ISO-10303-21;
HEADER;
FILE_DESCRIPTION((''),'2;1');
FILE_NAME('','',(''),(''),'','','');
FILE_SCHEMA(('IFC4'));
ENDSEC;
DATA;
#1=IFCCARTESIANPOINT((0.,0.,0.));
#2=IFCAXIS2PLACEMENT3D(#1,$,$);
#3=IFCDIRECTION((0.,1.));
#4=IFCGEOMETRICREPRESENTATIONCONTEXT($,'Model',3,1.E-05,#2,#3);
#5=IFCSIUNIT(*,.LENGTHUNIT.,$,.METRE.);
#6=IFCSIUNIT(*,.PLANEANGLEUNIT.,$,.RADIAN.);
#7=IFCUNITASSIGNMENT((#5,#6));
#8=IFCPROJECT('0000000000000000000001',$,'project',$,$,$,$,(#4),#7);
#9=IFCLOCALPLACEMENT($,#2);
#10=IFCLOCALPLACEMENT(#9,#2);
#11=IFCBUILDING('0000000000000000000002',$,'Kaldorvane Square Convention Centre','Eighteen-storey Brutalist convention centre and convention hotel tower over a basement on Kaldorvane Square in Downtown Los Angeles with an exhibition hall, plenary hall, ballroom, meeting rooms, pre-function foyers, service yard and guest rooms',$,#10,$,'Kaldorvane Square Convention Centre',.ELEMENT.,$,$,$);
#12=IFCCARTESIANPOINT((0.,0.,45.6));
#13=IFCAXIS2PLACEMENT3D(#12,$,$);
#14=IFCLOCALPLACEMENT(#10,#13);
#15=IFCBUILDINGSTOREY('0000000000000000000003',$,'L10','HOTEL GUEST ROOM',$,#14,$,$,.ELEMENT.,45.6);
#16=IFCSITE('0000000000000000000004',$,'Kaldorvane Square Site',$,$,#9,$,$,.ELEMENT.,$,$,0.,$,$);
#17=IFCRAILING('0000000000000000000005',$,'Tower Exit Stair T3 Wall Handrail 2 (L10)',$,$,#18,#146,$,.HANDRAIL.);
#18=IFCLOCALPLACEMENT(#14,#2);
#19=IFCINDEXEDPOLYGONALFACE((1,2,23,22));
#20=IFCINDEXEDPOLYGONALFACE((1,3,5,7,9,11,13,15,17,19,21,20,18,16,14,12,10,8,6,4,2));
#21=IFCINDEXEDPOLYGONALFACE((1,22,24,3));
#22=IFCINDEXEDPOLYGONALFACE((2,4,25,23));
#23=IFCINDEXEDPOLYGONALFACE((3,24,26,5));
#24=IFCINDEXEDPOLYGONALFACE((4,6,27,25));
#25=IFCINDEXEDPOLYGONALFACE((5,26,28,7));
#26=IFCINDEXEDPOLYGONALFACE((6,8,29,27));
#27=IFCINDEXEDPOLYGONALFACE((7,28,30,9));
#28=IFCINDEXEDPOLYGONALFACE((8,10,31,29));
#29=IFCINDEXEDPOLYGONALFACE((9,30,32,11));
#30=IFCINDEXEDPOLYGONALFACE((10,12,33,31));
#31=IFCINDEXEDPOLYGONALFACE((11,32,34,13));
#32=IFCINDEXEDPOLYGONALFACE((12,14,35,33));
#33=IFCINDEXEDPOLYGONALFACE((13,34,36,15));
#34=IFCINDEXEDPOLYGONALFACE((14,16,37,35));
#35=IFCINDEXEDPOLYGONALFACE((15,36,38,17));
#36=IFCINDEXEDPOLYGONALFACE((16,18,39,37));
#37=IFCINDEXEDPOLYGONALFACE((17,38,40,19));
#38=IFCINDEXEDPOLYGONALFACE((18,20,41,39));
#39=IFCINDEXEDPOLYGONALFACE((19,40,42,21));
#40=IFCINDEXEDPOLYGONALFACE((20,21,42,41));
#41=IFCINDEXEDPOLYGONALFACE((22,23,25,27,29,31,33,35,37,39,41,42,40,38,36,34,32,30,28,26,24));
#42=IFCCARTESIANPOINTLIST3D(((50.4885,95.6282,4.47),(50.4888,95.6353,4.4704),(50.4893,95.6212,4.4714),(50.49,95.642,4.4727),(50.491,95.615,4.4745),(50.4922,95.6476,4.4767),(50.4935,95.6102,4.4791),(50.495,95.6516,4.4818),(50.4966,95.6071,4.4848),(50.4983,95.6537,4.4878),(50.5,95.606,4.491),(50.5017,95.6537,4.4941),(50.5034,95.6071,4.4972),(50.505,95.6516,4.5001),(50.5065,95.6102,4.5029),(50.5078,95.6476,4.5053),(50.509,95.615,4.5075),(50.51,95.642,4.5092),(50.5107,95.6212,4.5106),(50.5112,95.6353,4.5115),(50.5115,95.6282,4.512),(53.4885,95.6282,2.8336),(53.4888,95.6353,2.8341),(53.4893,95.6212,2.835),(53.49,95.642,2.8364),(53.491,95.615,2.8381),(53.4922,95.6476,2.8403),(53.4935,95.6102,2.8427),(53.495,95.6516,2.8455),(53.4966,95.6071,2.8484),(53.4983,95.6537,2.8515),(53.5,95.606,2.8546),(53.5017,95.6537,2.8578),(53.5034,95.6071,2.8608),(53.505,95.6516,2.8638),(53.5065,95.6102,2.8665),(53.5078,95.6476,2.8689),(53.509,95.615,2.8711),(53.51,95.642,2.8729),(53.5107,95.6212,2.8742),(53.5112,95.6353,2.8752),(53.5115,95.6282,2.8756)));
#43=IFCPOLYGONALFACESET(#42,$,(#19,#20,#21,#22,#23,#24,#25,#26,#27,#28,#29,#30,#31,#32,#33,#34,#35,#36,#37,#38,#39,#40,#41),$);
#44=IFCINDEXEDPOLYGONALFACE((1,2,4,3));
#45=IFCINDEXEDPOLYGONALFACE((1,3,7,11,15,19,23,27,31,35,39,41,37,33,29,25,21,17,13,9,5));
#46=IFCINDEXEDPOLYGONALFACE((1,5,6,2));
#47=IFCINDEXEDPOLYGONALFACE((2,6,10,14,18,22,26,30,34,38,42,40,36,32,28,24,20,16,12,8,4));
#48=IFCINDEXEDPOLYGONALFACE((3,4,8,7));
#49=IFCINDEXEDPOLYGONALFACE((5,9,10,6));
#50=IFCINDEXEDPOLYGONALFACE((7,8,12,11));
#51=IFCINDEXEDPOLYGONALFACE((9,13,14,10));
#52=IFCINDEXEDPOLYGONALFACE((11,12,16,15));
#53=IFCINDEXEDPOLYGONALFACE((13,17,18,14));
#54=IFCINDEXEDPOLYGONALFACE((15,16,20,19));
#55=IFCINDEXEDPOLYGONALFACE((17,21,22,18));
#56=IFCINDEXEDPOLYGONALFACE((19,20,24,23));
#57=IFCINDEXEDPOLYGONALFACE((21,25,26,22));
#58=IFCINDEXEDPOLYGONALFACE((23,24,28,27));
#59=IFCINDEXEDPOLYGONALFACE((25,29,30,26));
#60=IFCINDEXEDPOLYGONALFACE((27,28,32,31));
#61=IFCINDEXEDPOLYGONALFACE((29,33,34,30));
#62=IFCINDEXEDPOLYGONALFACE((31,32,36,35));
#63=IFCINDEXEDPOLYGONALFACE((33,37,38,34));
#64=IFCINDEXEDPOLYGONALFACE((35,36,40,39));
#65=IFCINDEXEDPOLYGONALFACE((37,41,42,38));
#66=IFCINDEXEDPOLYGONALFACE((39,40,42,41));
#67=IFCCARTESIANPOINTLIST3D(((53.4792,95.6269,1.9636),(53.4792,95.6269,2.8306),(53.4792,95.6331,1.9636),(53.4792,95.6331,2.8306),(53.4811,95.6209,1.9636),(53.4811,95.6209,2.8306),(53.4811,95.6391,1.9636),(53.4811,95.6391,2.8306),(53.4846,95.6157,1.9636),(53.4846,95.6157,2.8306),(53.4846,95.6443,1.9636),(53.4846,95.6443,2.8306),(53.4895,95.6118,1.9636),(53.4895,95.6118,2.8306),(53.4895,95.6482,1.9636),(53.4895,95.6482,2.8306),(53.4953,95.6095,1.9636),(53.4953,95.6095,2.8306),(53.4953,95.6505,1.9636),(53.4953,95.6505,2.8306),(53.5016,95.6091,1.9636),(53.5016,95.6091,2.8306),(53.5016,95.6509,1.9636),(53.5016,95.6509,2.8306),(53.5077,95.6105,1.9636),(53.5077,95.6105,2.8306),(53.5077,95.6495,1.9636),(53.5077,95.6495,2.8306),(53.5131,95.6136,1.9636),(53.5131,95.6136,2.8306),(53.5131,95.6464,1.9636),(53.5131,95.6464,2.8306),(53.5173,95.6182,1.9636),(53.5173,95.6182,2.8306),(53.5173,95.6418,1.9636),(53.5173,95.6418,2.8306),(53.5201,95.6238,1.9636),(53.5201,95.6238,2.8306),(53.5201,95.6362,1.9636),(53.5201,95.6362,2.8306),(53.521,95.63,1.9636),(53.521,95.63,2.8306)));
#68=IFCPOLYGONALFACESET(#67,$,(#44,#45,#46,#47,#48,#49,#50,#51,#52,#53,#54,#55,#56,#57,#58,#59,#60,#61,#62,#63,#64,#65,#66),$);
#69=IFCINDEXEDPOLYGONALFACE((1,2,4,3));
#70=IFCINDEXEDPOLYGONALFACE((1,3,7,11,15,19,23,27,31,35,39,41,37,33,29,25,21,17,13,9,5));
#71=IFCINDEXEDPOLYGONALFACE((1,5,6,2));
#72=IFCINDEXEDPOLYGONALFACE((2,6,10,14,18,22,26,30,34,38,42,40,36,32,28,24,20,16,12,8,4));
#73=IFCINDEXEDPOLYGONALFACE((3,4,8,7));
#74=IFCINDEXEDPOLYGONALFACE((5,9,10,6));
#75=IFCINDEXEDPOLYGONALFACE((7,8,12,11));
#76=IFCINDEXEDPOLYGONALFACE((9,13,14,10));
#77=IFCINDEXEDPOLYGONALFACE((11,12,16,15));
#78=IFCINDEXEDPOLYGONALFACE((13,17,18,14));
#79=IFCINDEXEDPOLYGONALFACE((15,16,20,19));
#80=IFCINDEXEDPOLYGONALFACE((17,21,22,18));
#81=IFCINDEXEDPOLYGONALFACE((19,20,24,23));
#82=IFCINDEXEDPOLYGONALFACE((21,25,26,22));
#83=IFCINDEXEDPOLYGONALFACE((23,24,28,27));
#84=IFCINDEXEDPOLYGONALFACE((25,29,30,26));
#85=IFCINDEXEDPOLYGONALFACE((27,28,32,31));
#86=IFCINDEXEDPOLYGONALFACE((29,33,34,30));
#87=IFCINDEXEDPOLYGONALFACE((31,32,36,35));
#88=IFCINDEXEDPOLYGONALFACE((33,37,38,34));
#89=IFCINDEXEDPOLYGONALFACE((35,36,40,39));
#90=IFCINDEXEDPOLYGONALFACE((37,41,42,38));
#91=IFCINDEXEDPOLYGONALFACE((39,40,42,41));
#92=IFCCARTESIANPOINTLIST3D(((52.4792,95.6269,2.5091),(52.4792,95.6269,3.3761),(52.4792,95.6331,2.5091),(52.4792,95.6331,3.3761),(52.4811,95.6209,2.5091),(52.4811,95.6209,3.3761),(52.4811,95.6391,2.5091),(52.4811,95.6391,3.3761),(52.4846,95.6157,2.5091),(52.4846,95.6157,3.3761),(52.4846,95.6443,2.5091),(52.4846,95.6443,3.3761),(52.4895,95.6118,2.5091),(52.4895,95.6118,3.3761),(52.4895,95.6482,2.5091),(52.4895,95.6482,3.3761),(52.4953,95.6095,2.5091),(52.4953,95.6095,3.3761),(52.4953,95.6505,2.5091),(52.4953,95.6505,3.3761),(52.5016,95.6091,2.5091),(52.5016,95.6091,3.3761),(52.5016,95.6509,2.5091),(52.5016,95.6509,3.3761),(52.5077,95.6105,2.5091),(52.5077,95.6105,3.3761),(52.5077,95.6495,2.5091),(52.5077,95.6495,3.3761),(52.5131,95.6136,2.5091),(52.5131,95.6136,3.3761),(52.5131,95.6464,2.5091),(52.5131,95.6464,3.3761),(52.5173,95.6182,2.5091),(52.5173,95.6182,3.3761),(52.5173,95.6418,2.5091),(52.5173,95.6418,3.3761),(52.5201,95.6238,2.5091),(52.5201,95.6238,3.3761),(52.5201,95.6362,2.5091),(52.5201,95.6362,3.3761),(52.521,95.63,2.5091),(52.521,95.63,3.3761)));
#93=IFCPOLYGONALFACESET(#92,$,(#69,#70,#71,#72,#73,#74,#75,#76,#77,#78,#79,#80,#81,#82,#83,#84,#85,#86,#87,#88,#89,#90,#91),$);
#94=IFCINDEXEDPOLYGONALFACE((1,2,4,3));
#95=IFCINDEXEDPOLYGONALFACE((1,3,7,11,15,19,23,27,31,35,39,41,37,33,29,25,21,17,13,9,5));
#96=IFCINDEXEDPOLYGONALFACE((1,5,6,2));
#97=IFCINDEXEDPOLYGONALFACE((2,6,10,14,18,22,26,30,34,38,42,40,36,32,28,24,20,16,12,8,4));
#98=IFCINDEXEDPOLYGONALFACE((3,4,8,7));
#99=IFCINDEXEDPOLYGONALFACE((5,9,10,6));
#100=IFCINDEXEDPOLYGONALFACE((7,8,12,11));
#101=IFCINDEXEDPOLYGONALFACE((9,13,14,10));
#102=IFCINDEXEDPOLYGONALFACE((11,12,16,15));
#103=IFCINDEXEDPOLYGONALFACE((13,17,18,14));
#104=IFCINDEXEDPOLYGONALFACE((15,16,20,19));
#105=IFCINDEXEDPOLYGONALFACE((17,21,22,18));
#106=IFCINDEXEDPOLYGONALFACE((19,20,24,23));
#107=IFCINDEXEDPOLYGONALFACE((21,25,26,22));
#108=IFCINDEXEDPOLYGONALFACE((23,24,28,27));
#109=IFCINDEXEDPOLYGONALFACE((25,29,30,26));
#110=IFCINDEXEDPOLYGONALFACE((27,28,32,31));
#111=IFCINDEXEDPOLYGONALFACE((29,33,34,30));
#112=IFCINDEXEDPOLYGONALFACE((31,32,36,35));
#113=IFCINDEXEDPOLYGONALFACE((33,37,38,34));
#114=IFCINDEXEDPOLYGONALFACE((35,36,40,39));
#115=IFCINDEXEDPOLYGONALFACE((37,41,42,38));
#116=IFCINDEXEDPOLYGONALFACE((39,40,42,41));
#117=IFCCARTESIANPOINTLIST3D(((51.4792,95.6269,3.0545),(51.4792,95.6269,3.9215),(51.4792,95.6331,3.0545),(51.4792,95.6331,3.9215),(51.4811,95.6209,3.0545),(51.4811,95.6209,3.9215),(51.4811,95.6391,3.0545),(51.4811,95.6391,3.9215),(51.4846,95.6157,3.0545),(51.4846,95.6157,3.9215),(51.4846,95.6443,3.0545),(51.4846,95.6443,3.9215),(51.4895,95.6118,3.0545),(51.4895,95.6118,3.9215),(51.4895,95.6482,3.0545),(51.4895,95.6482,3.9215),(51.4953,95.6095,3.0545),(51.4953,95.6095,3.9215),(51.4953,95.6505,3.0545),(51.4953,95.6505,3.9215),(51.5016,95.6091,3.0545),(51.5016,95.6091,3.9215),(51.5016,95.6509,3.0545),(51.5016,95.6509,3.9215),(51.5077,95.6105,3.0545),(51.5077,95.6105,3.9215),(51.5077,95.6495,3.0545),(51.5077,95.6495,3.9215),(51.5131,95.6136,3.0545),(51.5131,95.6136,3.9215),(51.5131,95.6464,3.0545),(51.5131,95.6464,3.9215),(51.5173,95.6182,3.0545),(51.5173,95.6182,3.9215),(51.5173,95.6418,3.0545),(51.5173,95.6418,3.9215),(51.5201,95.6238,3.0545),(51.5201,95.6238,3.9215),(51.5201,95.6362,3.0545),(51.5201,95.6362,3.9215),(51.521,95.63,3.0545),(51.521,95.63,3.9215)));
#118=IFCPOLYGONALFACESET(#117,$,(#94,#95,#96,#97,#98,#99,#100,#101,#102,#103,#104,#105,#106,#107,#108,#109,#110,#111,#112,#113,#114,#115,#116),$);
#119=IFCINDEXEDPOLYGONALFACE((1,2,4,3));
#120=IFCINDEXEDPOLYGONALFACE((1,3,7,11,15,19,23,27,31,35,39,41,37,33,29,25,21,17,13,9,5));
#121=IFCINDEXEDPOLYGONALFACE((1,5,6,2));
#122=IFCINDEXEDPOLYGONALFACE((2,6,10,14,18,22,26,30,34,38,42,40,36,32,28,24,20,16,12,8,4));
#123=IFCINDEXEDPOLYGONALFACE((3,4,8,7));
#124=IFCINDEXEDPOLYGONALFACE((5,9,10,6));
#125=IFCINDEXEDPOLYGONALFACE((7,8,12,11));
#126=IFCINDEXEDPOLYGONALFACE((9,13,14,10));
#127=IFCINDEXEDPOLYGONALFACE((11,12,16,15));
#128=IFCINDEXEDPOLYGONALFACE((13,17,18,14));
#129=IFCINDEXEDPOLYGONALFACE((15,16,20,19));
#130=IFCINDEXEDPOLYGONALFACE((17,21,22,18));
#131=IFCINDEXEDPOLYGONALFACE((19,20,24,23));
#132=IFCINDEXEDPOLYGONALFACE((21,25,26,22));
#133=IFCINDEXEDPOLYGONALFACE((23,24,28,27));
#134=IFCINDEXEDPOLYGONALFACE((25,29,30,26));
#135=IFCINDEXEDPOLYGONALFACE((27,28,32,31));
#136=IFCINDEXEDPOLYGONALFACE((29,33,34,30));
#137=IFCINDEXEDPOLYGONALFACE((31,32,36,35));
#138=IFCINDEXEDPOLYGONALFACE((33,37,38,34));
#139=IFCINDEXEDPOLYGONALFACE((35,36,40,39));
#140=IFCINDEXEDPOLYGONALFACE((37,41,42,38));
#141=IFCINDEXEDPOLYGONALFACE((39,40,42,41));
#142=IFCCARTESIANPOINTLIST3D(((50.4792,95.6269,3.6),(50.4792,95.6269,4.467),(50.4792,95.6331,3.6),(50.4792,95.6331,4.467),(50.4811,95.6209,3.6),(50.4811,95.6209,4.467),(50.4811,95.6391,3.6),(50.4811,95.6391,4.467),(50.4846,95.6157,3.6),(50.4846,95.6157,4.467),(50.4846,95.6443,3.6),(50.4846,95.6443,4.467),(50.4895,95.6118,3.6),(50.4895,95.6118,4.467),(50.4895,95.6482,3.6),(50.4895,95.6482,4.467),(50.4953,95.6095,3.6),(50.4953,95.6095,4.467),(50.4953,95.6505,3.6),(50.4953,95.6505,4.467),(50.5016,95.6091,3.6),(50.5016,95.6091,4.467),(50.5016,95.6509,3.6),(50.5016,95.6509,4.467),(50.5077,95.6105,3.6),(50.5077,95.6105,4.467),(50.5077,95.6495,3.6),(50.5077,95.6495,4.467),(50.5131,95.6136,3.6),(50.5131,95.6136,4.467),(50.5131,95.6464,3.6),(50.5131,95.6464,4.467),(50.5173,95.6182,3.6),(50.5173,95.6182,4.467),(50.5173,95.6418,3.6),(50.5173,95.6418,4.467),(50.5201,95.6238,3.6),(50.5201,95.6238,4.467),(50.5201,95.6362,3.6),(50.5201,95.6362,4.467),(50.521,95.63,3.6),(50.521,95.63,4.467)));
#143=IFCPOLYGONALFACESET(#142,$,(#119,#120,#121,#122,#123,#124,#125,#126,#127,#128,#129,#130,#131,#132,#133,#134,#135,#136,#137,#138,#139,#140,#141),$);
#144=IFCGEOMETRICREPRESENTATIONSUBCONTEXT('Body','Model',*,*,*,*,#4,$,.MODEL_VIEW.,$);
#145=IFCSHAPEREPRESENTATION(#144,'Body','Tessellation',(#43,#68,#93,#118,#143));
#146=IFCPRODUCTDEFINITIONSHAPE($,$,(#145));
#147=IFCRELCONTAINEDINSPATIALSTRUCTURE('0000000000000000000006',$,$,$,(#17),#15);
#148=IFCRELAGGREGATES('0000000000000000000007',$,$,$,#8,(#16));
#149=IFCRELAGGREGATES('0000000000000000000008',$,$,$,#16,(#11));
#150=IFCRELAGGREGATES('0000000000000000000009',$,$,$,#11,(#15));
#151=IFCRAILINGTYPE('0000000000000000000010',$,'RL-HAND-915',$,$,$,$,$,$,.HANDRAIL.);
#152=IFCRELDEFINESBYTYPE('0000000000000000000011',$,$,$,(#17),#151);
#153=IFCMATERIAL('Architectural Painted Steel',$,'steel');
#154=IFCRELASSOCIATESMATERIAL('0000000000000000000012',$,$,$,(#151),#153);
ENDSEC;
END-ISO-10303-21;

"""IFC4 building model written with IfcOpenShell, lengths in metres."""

from ifc_helpers import new_model, si_unit, direction, frame, origin, origin_2d, place, context, subcontext, project, spatial, circle, extrude, material, type_object, element, save


model = new_model("IFC4")

# Units and contexts
model_context = context("Model", 3, precision=1e-05, world=origin(), true_north=direction((0.0, 1.0)))
body_context = subcontext(model_context, "Body", "Model", "MODEL_VIEW")
ifc_project = project(units=[si_unit("LENGTHUNIT", "METRE"), si_unit("PLANEANGLEUNIT", "RADIAN")], contexts=[model_context])

# Site, building, storey
site_placement = place(None, origin())
site = spatial("IfcSite", under=ifc_project, at=site_placement, Name="Kaldorvane Square Site", CompositionType="ELEMENT", RefElevation=0.0)
building_placement = place(site_placement, origin())
building = spatial("IfcBuilding", under=site, at=building_placement, Name="Kaldorvane Square Convention Centre", Description="Eighteen-storey Brutalist convention centre and convention hotel tower over a basement on Kaldorvane Square in Downtown Los Angeles with an exhibition hall, plenary hall, ballroom, meeting rooms, pre-function foyers, service yard and guest rooms", LongName="Kaldorvane Square Convention Centre", CompositionType="ELEMENT")
storey_placement = place(building_placement, frame((0.0, 0.0, 45.6)))
storey = spatial("IfcBuildingStorey", under=building, at=storey_placement, Name="L10", Description="HOTEL GUEST ROOM", CompositionType="ELEMENT", Elevation=45.6)

# Railing
ifc_material_1 = material(Name="Architectural Painted Steel", Category="steel")
railing_type_1 = type_object("IfcRailingType", Name="RL-HAND-915", PredefinedType="HANDRAIL", material=ifc_material_1)
railing_1_placement = place(storey_placement, frame((53.5, 95.63, 1.9636)))
element("IfcRailing", 1, at=railing_1_placement, inside=storey, type_object=railing_type_1, Name="Tower Exit Stair T3 Wall Handrail 2 (L10)", PredefinedType="HANDRAIL", context=body_context, shape_type="SweptSolid", body=[
    extrude(circle(Radius=0.024, at=origin_2d()), frame((0.0, 0.0, 0.891), z_axis=(-0.877895, 0.0, 0.478853), x_axis=(0.0, -1.0, 0.0)), (0.0, 0.0, 1.0), 3.4173),
    extrude(circle(Radius=0.021, at=origin_2d()), origin(), (0.0, 0.0, 1.0), 0.867),
    extrude(circle(Radius=0.021, at=origin_2d()), frame((-1.0, 0.0, 0.5455)), (0.0, 0.0, 1.0), 0.867),
    extrude(circle(Radius=0.021, at=origin_2d()), frame((-2.0, 0.0, 1.0909)), (0.0, 0.0, 1.0), 0.867),
    extrude(circle(Radius=0.021, at=origin_2d()), frame((-3.0, 0.0, 1.6364)), (0.0, 0.0, 1.0), 0.867),
])

save(model, "model.ifc")
